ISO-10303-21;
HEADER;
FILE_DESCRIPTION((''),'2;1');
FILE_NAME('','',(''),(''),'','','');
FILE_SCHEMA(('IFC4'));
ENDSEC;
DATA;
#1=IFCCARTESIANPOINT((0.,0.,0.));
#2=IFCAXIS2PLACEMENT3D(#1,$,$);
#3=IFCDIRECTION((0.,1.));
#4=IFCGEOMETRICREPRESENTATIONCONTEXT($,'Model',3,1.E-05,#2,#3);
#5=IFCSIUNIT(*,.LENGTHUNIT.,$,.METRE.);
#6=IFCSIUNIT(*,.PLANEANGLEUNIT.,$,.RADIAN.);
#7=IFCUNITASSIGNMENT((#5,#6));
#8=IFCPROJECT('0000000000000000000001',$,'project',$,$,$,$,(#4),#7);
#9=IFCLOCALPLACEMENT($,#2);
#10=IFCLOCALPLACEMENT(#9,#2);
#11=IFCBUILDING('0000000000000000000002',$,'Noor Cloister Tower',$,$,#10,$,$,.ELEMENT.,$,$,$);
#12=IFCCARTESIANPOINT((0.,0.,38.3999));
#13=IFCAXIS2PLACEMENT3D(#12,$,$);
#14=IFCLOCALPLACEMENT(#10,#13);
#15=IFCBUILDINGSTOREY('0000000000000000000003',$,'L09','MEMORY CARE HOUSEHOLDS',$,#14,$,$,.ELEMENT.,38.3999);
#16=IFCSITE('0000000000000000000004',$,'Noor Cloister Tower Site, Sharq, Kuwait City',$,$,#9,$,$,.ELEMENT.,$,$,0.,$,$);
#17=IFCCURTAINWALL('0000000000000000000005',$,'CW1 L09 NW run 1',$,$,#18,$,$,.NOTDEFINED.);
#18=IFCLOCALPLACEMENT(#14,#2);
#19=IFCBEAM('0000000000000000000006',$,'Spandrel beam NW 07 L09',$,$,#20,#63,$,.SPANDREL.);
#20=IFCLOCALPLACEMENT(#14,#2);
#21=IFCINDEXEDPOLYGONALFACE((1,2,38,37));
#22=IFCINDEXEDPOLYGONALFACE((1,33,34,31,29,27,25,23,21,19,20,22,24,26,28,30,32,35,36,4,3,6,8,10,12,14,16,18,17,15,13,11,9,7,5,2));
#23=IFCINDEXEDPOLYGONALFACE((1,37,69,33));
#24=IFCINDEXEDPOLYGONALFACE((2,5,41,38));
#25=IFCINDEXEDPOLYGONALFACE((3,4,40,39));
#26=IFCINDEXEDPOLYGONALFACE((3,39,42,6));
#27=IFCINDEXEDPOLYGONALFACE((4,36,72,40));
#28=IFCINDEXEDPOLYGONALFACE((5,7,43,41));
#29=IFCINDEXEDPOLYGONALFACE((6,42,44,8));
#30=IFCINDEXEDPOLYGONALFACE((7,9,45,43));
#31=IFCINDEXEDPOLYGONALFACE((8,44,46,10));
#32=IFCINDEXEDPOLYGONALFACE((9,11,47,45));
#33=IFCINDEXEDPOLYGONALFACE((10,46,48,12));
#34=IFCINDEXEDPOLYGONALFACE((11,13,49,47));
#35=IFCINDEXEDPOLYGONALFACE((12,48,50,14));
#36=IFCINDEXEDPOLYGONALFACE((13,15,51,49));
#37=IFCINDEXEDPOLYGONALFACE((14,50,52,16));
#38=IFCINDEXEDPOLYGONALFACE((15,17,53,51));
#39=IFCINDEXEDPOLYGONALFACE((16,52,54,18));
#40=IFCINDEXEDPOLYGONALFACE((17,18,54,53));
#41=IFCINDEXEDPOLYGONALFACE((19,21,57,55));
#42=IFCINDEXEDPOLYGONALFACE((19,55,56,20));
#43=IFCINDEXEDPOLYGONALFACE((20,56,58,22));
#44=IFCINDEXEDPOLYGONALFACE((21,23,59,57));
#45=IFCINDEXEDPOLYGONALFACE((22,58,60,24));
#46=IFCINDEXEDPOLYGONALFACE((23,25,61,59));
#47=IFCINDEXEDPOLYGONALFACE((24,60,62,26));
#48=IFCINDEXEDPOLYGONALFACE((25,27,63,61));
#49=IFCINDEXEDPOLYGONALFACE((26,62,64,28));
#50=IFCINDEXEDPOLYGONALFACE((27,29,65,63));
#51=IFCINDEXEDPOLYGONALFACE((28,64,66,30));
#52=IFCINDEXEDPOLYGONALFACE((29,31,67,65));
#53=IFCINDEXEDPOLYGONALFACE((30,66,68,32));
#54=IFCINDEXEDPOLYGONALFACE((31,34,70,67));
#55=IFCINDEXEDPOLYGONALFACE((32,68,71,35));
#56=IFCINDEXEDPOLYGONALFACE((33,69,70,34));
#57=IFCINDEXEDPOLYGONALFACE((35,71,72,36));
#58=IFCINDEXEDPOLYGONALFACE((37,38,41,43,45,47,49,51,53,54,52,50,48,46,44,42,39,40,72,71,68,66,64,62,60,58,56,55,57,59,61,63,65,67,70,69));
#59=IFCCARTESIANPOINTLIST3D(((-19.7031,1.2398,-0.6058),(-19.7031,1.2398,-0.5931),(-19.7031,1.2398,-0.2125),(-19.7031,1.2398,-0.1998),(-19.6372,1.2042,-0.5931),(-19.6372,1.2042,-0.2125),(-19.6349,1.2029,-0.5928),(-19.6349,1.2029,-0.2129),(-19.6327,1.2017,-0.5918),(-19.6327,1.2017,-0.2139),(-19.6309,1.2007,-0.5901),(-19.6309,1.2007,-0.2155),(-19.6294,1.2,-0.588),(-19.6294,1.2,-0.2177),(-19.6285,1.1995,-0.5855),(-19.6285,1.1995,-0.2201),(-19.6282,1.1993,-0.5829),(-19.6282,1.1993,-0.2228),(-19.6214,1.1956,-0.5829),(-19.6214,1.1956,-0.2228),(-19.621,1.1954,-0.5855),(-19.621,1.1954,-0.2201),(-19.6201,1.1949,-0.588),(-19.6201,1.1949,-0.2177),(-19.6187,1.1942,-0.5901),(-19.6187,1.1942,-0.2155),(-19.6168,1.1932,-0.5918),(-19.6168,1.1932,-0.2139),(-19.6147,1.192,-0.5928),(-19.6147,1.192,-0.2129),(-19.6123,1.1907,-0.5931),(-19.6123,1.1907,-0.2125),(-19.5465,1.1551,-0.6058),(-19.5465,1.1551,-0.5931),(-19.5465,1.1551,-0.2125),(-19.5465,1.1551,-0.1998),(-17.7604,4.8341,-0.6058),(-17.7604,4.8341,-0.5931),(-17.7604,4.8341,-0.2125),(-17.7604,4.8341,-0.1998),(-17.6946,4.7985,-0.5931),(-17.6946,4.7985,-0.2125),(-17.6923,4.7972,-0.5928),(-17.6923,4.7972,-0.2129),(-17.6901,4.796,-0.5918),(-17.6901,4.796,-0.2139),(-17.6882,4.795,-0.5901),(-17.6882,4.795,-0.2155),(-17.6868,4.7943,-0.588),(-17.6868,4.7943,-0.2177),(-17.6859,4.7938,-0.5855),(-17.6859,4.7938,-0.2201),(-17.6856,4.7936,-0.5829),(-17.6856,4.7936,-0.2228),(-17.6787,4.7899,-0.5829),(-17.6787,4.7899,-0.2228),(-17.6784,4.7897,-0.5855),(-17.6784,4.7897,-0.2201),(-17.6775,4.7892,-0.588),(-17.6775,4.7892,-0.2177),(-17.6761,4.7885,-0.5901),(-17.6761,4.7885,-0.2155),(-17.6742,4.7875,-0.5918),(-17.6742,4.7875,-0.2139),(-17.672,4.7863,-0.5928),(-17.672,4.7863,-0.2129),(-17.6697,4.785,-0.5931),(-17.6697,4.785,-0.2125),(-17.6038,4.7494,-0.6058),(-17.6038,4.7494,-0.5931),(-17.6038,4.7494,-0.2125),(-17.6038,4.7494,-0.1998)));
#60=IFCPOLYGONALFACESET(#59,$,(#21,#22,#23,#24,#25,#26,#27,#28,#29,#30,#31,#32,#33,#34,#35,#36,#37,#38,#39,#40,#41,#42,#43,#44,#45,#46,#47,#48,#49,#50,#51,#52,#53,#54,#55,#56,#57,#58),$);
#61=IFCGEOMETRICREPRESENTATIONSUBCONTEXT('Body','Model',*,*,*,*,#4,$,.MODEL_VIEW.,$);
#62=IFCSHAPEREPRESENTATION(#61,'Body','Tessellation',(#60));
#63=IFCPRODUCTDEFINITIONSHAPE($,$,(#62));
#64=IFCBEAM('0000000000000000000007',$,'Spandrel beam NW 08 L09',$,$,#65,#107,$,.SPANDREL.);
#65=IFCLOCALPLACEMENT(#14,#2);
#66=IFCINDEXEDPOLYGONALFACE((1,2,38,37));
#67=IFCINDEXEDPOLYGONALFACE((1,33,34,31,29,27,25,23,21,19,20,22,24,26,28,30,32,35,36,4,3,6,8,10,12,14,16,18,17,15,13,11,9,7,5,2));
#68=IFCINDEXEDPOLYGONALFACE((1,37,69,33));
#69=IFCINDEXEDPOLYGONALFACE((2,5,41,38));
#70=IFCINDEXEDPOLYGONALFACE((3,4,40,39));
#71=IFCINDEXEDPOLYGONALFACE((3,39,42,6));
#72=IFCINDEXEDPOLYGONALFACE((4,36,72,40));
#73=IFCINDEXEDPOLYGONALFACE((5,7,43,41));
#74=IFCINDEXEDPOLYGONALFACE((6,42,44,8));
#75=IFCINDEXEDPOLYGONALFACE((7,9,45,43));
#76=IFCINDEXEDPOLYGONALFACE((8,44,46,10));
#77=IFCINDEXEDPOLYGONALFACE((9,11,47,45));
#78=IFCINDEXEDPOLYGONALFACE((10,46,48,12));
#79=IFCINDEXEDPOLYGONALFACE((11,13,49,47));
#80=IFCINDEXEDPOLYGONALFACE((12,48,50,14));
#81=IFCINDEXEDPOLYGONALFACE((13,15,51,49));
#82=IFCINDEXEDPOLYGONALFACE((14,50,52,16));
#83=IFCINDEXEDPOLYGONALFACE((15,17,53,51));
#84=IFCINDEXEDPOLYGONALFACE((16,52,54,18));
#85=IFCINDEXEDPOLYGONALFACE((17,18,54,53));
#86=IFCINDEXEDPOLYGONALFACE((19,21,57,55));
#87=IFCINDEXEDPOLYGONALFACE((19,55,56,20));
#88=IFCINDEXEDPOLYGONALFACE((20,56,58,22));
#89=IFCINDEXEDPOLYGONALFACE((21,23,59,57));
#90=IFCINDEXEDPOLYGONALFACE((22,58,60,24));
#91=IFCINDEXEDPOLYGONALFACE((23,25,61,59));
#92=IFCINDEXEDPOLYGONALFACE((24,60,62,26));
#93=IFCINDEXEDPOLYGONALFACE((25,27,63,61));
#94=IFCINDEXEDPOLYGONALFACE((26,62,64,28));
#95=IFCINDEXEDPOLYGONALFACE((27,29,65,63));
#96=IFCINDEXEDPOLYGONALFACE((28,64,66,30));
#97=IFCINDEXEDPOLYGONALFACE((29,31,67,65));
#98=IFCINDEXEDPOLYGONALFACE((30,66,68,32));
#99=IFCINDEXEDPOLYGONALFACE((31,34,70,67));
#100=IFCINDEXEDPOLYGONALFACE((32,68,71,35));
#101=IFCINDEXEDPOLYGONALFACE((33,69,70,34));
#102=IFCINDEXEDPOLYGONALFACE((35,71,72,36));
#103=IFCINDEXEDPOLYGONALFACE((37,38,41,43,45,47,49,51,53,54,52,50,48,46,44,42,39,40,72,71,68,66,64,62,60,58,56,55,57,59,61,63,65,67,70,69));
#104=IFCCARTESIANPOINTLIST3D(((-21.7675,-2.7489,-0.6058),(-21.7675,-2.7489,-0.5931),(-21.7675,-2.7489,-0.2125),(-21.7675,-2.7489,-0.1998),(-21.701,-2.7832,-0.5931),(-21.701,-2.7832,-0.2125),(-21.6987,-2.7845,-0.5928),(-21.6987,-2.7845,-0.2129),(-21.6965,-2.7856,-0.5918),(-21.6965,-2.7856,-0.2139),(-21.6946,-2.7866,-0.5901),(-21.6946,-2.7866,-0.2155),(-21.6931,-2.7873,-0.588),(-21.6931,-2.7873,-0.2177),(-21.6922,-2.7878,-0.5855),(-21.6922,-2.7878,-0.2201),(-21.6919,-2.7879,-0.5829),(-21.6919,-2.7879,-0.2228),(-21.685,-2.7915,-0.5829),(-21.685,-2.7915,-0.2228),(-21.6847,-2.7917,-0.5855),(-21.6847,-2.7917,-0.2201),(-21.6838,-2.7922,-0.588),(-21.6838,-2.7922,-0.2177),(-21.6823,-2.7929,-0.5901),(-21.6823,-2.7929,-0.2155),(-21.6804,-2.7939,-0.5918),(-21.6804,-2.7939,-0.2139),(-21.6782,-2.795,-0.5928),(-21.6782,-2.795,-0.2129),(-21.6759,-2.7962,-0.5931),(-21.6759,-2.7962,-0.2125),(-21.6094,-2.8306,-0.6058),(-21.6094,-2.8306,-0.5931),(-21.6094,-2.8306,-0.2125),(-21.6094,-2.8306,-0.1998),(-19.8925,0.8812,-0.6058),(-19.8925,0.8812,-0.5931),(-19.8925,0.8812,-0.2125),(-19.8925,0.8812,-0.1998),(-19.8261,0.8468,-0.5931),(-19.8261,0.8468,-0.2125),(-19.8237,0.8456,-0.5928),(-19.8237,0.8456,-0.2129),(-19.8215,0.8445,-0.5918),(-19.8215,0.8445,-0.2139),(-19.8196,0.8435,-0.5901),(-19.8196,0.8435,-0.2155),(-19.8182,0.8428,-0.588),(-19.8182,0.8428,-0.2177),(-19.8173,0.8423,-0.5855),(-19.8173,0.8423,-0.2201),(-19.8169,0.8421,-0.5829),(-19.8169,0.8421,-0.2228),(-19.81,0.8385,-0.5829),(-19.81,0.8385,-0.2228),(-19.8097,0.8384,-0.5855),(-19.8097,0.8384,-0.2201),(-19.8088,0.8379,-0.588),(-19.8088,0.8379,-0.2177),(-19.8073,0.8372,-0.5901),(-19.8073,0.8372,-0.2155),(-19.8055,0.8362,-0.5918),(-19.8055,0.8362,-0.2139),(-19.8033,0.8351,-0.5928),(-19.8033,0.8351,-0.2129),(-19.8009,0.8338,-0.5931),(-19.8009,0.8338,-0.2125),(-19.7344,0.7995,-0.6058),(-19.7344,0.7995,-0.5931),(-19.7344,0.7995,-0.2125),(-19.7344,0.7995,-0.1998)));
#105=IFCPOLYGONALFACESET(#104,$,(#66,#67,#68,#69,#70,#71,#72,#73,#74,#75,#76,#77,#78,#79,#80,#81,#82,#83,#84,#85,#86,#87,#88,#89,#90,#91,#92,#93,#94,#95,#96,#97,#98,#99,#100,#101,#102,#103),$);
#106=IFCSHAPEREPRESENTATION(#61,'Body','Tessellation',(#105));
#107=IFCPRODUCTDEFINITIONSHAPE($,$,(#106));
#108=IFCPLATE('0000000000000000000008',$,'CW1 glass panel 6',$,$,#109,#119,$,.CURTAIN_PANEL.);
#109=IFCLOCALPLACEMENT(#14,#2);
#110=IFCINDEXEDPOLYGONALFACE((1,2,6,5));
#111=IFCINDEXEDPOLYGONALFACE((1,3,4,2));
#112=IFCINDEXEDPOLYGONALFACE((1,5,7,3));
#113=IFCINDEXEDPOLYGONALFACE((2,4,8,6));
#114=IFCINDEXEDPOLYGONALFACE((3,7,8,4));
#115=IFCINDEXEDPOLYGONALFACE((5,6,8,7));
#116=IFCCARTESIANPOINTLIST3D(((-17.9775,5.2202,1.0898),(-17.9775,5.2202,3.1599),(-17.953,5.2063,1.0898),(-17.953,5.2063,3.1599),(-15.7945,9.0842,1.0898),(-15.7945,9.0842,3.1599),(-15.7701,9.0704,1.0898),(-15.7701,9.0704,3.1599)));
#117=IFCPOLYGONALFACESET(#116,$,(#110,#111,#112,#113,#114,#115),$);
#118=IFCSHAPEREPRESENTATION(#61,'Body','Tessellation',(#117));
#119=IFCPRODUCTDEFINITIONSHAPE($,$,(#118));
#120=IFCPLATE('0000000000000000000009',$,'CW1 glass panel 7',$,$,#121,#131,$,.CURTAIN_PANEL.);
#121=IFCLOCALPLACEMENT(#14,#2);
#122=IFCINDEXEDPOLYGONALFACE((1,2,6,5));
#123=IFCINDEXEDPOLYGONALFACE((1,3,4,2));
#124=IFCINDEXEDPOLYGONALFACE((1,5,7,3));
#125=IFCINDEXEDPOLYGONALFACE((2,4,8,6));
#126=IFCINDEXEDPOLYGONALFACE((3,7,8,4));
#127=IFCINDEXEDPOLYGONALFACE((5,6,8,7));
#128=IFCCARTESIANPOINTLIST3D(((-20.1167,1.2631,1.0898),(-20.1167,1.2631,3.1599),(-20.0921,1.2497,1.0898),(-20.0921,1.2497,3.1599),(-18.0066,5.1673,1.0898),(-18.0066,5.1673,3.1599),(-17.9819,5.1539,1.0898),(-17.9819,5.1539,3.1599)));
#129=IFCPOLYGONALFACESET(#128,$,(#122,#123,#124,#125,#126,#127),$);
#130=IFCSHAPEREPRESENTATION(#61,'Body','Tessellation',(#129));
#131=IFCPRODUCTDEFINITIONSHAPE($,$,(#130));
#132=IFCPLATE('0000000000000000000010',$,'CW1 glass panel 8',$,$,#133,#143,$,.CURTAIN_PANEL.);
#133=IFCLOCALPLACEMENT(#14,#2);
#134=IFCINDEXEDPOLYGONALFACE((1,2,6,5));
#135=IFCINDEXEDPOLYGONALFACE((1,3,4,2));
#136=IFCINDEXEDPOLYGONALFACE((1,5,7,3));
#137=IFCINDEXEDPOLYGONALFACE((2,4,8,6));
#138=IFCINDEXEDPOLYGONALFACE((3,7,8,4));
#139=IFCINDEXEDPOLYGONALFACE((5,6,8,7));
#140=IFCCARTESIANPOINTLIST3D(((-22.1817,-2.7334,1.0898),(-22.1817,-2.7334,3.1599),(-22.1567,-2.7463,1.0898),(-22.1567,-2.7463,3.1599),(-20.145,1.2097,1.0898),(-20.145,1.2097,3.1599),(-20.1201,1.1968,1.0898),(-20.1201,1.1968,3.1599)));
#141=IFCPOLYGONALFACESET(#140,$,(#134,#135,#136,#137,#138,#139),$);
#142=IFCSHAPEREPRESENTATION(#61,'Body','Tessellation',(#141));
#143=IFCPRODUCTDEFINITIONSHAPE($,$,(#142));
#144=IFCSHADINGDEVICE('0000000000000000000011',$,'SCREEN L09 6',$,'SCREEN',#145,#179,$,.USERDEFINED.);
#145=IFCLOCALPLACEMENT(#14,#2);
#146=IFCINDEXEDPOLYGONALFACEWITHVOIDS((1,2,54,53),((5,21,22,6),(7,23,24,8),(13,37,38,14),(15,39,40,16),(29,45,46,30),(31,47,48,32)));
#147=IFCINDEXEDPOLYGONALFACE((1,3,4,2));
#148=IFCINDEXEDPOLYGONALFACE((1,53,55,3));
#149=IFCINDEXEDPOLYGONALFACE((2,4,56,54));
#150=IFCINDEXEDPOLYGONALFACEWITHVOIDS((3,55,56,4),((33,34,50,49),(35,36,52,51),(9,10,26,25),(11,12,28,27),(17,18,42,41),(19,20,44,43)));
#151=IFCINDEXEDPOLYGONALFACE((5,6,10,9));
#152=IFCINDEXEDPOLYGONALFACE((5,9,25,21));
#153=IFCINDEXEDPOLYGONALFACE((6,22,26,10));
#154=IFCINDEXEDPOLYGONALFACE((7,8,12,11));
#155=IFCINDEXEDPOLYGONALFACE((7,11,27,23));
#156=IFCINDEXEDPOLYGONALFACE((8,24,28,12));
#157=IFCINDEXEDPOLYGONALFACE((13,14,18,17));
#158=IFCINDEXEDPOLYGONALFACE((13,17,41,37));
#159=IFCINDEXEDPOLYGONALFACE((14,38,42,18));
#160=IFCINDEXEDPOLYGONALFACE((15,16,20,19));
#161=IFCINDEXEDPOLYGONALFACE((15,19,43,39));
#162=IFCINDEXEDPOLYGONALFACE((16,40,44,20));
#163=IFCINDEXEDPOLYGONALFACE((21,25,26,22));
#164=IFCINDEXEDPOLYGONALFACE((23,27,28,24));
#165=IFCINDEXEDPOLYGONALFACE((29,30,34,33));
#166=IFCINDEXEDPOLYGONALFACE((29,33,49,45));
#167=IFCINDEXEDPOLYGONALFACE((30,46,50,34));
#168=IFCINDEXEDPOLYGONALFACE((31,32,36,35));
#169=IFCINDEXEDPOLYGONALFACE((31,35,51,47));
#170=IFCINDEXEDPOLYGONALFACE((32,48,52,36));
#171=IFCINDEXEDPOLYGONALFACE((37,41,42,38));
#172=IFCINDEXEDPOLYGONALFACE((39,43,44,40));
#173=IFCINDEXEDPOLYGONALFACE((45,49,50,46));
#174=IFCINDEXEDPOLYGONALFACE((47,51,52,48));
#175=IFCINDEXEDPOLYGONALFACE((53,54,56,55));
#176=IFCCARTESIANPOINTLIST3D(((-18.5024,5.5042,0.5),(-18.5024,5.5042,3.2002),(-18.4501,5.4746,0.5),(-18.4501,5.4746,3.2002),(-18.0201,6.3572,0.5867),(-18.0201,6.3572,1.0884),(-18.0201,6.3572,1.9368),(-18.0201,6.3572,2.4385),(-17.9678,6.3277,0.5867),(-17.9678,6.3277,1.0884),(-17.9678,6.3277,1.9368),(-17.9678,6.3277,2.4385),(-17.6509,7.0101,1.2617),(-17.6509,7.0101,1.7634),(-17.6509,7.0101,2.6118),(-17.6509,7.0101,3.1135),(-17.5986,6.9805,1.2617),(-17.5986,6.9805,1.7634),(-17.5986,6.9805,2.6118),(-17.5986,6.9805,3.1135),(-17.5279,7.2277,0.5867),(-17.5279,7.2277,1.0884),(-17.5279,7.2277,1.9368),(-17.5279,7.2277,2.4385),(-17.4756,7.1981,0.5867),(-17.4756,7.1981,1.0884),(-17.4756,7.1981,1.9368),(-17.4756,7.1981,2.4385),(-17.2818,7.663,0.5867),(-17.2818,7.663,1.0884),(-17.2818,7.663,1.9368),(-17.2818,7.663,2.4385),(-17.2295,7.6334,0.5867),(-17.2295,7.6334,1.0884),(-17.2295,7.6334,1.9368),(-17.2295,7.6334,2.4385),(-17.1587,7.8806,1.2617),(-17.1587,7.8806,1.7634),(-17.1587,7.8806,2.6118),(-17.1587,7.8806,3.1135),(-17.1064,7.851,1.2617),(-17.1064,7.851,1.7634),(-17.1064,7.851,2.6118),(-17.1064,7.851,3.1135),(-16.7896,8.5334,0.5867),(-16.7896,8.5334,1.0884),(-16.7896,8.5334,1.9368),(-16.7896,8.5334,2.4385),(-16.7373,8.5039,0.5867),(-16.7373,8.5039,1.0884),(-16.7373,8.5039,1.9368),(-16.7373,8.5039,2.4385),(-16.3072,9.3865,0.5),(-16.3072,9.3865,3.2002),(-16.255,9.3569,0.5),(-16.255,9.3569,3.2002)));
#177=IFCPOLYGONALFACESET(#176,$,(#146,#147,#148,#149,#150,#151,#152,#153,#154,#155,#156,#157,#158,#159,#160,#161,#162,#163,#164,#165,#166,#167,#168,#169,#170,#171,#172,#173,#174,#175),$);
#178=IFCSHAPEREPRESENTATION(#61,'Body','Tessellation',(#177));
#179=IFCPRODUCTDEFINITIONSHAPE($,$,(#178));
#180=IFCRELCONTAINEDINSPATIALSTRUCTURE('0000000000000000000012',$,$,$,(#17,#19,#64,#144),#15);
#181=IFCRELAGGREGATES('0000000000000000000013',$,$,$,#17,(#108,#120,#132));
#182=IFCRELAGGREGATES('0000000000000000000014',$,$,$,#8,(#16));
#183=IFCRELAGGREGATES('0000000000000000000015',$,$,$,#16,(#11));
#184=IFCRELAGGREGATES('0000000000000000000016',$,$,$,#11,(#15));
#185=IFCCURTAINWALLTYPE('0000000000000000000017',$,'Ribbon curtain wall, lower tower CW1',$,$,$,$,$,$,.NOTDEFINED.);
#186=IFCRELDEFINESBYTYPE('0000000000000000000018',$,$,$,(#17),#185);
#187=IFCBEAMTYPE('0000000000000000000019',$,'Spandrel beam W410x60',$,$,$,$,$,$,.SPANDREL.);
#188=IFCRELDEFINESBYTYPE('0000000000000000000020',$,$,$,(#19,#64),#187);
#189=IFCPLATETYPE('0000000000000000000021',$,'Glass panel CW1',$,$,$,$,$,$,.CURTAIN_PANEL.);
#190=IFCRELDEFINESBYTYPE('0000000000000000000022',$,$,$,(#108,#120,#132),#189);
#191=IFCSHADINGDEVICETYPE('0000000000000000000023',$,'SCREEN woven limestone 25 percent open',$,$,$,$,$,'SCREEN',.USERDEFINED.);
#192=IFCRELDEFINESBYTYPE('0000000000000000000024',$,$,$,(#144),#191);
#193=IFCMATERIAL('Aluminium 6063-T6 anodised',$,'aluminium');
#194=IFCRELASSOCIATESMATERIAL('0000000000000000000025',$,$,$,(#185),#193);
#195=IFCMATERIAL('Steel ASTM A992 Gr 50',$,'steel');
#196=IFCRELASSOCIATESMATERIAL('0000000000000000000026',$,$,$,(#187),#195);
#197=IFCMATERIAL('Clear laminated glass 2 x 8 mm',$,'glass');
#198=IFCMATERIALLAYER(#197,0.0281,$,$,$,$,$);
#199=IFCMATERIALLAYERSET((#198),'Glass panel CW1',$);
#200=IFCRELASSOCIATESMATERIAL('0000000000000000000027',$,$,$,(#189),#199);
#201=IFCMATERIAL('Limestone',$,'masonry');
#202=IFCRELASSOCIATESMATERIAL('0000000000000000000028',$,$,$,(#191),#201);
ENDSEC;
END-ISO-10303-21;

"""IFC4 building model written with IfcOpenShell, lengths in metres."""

from ifc_helpers import new_model, si_unit, direction, frame, origin, origin_2d, place, context, subcontext, project, spatial, polyline, rectangle, i_section, outline, extrude, material, layer, layer_set, material_profile, profile_set, type_object, element, aggregate, save


model = new_model("IFC4")

# Units and contexts
model_context = context("Model", 3, precision=1e-05, world=origin(), true_north=direction((0.0, 1.0)))
body_context = subcontext(model_context, "Body", "Model", "MODEL_VIEW")
ifc_project = project(units=[si_unit("LENGTHUNIT", "METRE"), si_unit("PLANEANGLEUNIT", "RADIAN")], contexts=[model_context])

# Site, building, storey
site_placement = place(None, origin())
site = spatial("IfcSite", under=ifc_project, at=site_placement, Name="Noor Cloister Tower Site, Sharq, Kuwait City", CompositionType="ELEMENT", RefElevation=0.0)
building_placement = place(site_placement, origin())
building = spatial("IfcBuilding", under=site, at=building_placement, Name="Noor Cloister Tower", CompositionType="ELEMENT")
storey_placement = place(building_placement, frame((0.0, 0.0, 38.3999)))
storey = spatial("IfcBuildingStorey", under=building, at=storey_placement, Name="L09", Description="MEMORY CARE HOUSEHOLDS", CompositionType="ELEMENT", Elevation=38.3999)

# Curtain wall
ifc_material_1 = material(Name="Aluminium 6063-T6 anodised", Category="aluminium")
curtain_wall_type = type_object("IfcCurtainWallType", Name="Ribbon curtain wall, lower tower CW1", PredefinedType="NOTDEFINED", material=ifc_material_1)
curtain_wall_placement = place(storey_placement, origin())
curtain_wall = element("IfcCurtainWall", 1, at=curtain_wall_placement, inside=storey, type_object=curtain_wall_type, Name="CW1 L09 NW run 1", PredefinedType="NOTDEFINED")

# Beams
ifc_material_2 = material(Name="Steel ASTM A992 Gr 50", Category="steel")
ifc_material_profile_1 = material_profile(ifc_material_2, i_section(OverallWidth=0.178, OverallDepth=0.406, WebThickness=0.0078, FlangeThickness=0.0127, FilletRadius=0.0103, at=origin_2d()), Name="W410x60")
ifc_profile_set_1 = profile_set([ifc_material_profile_1], Name="Steel ASTM A992 Gr 50")
beam_type_1 = type_object("IfcBeamType", Name="Spandrel beam W410x60", PredefinedType="SPANDREL", material=ifc_profile_set_1)
for number, where, z_axis, x_axis, name in (
    (2, (-17.6821, 4.7917, -0.4028), (-0.475478, -0.879727, 0.0), (0.879727, -0.475478, 0.0), "Spandrel beam NW 07 L09"),
    (3, (-19.8135, 0.8403, -0.4028), (-0.458911, -0.888482, 0.0), (0.888482, -0.458911, 0.0), "Spandrel beam NW 08 L09"),
):
    element("IfcBeam", number, at=place(storey_placement, frame(where, z_axis=z_axis, x_axis=x_axis)), inside=storey, type_object=beam_type_1, Name=name, PredefinedType="SPANDREL", context=body_context, shape_type="SweptSolid", body=[
        extrude(i_section(OverallWidth=0.178, OverallDepth=0.406, WebThickness=0.0078, FlangeThickness=0.0127, FilletRadius=0.0103, at=origin_2d()), origin(), (0.0, 0.0, 1.0), 4.0857),
    ])

# Plates
ifc_material_3 = material(Name="Clear laminated glass 2 x 8 mm", Category="glass")
ifc_layer = layer(ifc_material_3, 0.0281)
ifc_layer_set = layer_set([ifc_layer], Name="Glass panel CW1")
plate_type = type_object("IfcPlateType", Name="Glass panel CW1", PredefinedType="CURTAIN_PANEL", material=ifc_layer_set)
plate_1_placement = place(storey_placement, frame((-16.8738, 7.1453, 1.0898), z_axis=(0.0, 0.0, 1.0), x_axis=(-0.491869, -0.870669, 0.0)))
plate_1 = element("IfcPlate", 4, at=plate_1_placement, type_object=plate_type, Name="CW1 glass panel 6", PredefinedType="CURTAIN_PANEL", context=body_context, shape_type="SweptSolid", body=[
    extrude(rectangle(XDim=4.438, YDim=0.0281, at=origin_2d()), origin(), (0.0, 0.0, 1.0), 2.0701),
])
plate_2_placement = place(storey_placement, frame((-19.0493, 3.2085, 1.0898), z_axis=(0.0, 0.0, 1.0), x_axis=(-0.475478, -0.879727, 0.0)))
plate_2 = element("IfcPlate", 5, at=plate_2_placement, type_object=plate_type, Name="CW1 glass panel 7", PredefinedType="CURTAIN_PANEL", context=body_context, shape_type="SweptSolid", body=[
    extrude(rectangle(XDim=4.438, YDim=0.0281, at=origin_2d()), origin(), (0.0, 0.0, 1.0), 2.0701),
])
plate_3_placement = place(storey_placement, frame((-21.1509, -0.7683, 1.0898), z_axis=(0.0, 0.0, 1.0), x_axis=(-0.458921, -0.888477, 0.0)))
plate_3 = element("IfcPlate", 6, at=plate_3_placement, type_object=plate_type, Name="CW1 glass panel 8", PredefinedType="CURTAIN_PANEL", context=body_context, shape_type="SweptSolid", body=[
    extrude(rectangle(XDim=4.438, YDim=0.0281, at=origin_2d()), origin(), (0.0, 0.0, 1.0), 2.0701),
])
aggregate(curtain_wall, [plate_1, plate_2, plate_3])

# Shading device
ifc_material_4 = material(Name="Limestone", Category="masonry")
ifc_material_profile_2 = material_profile(ifc_material_4, outline(polyline([(-2.23, -1.3501), (2.23, -1.3501), (2.23, 1.3501), (-2.23, 1.3501), (-2.23, -1.3501)]), holes=[polyline([(-1.25, -1.2634), (-0.25, -1.2634), (-0.25, -0.7617), (-1.25, -0.7617), (-1.25, -1.2634)]), polyline([(0.25, -1.2634), (1.25, -1.2634), (1.25, -0.7617), (0.25, -0.7617), (0.25, -1.2634)]), polyline([(-0.5, -0.5884), (0.5, -0.5884), (0.5, -0.0867), (-0.5, -0.0867), (-0.5, -0.5884)]), polyline([(-1.25, 0.0867), (-0.25, 0.0867), (-0.25, 0.5884), (-1.25, 0.5884), (-1.25, 0.0867)]), polyline([(0.25, 0.0867), (1.25, 0.0867), (1.25, 0.5884), (0.25, 0.5884), (0.25, 0.0867)]), polyline([(-0.5, 0.7617), (0.5, 0.7617), (0.5, 1.2634), (-0.5, 1.2634), (-0.5, 0.7617)])]), Name="Woven screen 25 percent open")
ifc_profile_set_2 = profile_set([ifc_material_profile_2], Name="Limestone")
shading_device_type = type_object("IfcShadingDeviceType", Name="SCREEN woven limestone 25 percent open", ElementType="SCREEN", PredefinedType="USERDEFINED", material=ifc_profile_set_2)
for number, where, z_axis, x_axis, name in (
    (7, (-17.3525, 7.4158, 1.8501), (-0.870487, 0.492191, 0.0), (-0.492191, -0.870487, 0.0), "SCREEN L09 6"),
):
    element("IfcShadingDevice", number, at=place(storey_placement, frame(where, z_axis=z_axis, x_axis=x_axis)), inside=storey, type_object=shading_device_type, Name=name, ObjectType="SCREEN", PredefinedType="USERDEFINED", context=body_context, shape_type="SweptSolid", body=[
        extrude(outline(polyline([(-2.23, -1.3501), (2.23, -1.3501), (2.23, 1.3501), (-2.23, 1.3501), (-2.23, -1.3501)]), holes=[polyline([(-1.25, -1.2634), (-0.25, -1.2634), (-0.25, -0.7617), (-1.25, -0.7617), (-1.25, -1.2634)]), polyline([(0.25, -1.2634), (1.25, -1.2634), (1.25, -0.7617), (0.25, -0.7617), (0.25, -1.2634)]), polyline([(-0.5, -0.5884), (0.5, -0.5884), (0.5, -0.0867), (-0.5, -0.0867), (-0.5, -0.5884)]), polyline([(-1.25, 0.0867), (-0.25, 0.0867), (-0.25, 0.5884), (-1.25, 0.5884), (-1.25, 0.0867)]), polyline([(0.25, 0.0867), (1.25, 0.0867), (1.25, 0.5884), (0.25, 0.5884), (0.25, 0.0867)]), polyline([(-0.5, 0.7617), (0.5, 0.7617), (0.5, 1.2634), (-0.5, 1.2634), (-0.5, 0.7617)])]), origin(), (0.0, 0.0, 1.0), 0.0601),
    ])

save(model, "model.ifc")
